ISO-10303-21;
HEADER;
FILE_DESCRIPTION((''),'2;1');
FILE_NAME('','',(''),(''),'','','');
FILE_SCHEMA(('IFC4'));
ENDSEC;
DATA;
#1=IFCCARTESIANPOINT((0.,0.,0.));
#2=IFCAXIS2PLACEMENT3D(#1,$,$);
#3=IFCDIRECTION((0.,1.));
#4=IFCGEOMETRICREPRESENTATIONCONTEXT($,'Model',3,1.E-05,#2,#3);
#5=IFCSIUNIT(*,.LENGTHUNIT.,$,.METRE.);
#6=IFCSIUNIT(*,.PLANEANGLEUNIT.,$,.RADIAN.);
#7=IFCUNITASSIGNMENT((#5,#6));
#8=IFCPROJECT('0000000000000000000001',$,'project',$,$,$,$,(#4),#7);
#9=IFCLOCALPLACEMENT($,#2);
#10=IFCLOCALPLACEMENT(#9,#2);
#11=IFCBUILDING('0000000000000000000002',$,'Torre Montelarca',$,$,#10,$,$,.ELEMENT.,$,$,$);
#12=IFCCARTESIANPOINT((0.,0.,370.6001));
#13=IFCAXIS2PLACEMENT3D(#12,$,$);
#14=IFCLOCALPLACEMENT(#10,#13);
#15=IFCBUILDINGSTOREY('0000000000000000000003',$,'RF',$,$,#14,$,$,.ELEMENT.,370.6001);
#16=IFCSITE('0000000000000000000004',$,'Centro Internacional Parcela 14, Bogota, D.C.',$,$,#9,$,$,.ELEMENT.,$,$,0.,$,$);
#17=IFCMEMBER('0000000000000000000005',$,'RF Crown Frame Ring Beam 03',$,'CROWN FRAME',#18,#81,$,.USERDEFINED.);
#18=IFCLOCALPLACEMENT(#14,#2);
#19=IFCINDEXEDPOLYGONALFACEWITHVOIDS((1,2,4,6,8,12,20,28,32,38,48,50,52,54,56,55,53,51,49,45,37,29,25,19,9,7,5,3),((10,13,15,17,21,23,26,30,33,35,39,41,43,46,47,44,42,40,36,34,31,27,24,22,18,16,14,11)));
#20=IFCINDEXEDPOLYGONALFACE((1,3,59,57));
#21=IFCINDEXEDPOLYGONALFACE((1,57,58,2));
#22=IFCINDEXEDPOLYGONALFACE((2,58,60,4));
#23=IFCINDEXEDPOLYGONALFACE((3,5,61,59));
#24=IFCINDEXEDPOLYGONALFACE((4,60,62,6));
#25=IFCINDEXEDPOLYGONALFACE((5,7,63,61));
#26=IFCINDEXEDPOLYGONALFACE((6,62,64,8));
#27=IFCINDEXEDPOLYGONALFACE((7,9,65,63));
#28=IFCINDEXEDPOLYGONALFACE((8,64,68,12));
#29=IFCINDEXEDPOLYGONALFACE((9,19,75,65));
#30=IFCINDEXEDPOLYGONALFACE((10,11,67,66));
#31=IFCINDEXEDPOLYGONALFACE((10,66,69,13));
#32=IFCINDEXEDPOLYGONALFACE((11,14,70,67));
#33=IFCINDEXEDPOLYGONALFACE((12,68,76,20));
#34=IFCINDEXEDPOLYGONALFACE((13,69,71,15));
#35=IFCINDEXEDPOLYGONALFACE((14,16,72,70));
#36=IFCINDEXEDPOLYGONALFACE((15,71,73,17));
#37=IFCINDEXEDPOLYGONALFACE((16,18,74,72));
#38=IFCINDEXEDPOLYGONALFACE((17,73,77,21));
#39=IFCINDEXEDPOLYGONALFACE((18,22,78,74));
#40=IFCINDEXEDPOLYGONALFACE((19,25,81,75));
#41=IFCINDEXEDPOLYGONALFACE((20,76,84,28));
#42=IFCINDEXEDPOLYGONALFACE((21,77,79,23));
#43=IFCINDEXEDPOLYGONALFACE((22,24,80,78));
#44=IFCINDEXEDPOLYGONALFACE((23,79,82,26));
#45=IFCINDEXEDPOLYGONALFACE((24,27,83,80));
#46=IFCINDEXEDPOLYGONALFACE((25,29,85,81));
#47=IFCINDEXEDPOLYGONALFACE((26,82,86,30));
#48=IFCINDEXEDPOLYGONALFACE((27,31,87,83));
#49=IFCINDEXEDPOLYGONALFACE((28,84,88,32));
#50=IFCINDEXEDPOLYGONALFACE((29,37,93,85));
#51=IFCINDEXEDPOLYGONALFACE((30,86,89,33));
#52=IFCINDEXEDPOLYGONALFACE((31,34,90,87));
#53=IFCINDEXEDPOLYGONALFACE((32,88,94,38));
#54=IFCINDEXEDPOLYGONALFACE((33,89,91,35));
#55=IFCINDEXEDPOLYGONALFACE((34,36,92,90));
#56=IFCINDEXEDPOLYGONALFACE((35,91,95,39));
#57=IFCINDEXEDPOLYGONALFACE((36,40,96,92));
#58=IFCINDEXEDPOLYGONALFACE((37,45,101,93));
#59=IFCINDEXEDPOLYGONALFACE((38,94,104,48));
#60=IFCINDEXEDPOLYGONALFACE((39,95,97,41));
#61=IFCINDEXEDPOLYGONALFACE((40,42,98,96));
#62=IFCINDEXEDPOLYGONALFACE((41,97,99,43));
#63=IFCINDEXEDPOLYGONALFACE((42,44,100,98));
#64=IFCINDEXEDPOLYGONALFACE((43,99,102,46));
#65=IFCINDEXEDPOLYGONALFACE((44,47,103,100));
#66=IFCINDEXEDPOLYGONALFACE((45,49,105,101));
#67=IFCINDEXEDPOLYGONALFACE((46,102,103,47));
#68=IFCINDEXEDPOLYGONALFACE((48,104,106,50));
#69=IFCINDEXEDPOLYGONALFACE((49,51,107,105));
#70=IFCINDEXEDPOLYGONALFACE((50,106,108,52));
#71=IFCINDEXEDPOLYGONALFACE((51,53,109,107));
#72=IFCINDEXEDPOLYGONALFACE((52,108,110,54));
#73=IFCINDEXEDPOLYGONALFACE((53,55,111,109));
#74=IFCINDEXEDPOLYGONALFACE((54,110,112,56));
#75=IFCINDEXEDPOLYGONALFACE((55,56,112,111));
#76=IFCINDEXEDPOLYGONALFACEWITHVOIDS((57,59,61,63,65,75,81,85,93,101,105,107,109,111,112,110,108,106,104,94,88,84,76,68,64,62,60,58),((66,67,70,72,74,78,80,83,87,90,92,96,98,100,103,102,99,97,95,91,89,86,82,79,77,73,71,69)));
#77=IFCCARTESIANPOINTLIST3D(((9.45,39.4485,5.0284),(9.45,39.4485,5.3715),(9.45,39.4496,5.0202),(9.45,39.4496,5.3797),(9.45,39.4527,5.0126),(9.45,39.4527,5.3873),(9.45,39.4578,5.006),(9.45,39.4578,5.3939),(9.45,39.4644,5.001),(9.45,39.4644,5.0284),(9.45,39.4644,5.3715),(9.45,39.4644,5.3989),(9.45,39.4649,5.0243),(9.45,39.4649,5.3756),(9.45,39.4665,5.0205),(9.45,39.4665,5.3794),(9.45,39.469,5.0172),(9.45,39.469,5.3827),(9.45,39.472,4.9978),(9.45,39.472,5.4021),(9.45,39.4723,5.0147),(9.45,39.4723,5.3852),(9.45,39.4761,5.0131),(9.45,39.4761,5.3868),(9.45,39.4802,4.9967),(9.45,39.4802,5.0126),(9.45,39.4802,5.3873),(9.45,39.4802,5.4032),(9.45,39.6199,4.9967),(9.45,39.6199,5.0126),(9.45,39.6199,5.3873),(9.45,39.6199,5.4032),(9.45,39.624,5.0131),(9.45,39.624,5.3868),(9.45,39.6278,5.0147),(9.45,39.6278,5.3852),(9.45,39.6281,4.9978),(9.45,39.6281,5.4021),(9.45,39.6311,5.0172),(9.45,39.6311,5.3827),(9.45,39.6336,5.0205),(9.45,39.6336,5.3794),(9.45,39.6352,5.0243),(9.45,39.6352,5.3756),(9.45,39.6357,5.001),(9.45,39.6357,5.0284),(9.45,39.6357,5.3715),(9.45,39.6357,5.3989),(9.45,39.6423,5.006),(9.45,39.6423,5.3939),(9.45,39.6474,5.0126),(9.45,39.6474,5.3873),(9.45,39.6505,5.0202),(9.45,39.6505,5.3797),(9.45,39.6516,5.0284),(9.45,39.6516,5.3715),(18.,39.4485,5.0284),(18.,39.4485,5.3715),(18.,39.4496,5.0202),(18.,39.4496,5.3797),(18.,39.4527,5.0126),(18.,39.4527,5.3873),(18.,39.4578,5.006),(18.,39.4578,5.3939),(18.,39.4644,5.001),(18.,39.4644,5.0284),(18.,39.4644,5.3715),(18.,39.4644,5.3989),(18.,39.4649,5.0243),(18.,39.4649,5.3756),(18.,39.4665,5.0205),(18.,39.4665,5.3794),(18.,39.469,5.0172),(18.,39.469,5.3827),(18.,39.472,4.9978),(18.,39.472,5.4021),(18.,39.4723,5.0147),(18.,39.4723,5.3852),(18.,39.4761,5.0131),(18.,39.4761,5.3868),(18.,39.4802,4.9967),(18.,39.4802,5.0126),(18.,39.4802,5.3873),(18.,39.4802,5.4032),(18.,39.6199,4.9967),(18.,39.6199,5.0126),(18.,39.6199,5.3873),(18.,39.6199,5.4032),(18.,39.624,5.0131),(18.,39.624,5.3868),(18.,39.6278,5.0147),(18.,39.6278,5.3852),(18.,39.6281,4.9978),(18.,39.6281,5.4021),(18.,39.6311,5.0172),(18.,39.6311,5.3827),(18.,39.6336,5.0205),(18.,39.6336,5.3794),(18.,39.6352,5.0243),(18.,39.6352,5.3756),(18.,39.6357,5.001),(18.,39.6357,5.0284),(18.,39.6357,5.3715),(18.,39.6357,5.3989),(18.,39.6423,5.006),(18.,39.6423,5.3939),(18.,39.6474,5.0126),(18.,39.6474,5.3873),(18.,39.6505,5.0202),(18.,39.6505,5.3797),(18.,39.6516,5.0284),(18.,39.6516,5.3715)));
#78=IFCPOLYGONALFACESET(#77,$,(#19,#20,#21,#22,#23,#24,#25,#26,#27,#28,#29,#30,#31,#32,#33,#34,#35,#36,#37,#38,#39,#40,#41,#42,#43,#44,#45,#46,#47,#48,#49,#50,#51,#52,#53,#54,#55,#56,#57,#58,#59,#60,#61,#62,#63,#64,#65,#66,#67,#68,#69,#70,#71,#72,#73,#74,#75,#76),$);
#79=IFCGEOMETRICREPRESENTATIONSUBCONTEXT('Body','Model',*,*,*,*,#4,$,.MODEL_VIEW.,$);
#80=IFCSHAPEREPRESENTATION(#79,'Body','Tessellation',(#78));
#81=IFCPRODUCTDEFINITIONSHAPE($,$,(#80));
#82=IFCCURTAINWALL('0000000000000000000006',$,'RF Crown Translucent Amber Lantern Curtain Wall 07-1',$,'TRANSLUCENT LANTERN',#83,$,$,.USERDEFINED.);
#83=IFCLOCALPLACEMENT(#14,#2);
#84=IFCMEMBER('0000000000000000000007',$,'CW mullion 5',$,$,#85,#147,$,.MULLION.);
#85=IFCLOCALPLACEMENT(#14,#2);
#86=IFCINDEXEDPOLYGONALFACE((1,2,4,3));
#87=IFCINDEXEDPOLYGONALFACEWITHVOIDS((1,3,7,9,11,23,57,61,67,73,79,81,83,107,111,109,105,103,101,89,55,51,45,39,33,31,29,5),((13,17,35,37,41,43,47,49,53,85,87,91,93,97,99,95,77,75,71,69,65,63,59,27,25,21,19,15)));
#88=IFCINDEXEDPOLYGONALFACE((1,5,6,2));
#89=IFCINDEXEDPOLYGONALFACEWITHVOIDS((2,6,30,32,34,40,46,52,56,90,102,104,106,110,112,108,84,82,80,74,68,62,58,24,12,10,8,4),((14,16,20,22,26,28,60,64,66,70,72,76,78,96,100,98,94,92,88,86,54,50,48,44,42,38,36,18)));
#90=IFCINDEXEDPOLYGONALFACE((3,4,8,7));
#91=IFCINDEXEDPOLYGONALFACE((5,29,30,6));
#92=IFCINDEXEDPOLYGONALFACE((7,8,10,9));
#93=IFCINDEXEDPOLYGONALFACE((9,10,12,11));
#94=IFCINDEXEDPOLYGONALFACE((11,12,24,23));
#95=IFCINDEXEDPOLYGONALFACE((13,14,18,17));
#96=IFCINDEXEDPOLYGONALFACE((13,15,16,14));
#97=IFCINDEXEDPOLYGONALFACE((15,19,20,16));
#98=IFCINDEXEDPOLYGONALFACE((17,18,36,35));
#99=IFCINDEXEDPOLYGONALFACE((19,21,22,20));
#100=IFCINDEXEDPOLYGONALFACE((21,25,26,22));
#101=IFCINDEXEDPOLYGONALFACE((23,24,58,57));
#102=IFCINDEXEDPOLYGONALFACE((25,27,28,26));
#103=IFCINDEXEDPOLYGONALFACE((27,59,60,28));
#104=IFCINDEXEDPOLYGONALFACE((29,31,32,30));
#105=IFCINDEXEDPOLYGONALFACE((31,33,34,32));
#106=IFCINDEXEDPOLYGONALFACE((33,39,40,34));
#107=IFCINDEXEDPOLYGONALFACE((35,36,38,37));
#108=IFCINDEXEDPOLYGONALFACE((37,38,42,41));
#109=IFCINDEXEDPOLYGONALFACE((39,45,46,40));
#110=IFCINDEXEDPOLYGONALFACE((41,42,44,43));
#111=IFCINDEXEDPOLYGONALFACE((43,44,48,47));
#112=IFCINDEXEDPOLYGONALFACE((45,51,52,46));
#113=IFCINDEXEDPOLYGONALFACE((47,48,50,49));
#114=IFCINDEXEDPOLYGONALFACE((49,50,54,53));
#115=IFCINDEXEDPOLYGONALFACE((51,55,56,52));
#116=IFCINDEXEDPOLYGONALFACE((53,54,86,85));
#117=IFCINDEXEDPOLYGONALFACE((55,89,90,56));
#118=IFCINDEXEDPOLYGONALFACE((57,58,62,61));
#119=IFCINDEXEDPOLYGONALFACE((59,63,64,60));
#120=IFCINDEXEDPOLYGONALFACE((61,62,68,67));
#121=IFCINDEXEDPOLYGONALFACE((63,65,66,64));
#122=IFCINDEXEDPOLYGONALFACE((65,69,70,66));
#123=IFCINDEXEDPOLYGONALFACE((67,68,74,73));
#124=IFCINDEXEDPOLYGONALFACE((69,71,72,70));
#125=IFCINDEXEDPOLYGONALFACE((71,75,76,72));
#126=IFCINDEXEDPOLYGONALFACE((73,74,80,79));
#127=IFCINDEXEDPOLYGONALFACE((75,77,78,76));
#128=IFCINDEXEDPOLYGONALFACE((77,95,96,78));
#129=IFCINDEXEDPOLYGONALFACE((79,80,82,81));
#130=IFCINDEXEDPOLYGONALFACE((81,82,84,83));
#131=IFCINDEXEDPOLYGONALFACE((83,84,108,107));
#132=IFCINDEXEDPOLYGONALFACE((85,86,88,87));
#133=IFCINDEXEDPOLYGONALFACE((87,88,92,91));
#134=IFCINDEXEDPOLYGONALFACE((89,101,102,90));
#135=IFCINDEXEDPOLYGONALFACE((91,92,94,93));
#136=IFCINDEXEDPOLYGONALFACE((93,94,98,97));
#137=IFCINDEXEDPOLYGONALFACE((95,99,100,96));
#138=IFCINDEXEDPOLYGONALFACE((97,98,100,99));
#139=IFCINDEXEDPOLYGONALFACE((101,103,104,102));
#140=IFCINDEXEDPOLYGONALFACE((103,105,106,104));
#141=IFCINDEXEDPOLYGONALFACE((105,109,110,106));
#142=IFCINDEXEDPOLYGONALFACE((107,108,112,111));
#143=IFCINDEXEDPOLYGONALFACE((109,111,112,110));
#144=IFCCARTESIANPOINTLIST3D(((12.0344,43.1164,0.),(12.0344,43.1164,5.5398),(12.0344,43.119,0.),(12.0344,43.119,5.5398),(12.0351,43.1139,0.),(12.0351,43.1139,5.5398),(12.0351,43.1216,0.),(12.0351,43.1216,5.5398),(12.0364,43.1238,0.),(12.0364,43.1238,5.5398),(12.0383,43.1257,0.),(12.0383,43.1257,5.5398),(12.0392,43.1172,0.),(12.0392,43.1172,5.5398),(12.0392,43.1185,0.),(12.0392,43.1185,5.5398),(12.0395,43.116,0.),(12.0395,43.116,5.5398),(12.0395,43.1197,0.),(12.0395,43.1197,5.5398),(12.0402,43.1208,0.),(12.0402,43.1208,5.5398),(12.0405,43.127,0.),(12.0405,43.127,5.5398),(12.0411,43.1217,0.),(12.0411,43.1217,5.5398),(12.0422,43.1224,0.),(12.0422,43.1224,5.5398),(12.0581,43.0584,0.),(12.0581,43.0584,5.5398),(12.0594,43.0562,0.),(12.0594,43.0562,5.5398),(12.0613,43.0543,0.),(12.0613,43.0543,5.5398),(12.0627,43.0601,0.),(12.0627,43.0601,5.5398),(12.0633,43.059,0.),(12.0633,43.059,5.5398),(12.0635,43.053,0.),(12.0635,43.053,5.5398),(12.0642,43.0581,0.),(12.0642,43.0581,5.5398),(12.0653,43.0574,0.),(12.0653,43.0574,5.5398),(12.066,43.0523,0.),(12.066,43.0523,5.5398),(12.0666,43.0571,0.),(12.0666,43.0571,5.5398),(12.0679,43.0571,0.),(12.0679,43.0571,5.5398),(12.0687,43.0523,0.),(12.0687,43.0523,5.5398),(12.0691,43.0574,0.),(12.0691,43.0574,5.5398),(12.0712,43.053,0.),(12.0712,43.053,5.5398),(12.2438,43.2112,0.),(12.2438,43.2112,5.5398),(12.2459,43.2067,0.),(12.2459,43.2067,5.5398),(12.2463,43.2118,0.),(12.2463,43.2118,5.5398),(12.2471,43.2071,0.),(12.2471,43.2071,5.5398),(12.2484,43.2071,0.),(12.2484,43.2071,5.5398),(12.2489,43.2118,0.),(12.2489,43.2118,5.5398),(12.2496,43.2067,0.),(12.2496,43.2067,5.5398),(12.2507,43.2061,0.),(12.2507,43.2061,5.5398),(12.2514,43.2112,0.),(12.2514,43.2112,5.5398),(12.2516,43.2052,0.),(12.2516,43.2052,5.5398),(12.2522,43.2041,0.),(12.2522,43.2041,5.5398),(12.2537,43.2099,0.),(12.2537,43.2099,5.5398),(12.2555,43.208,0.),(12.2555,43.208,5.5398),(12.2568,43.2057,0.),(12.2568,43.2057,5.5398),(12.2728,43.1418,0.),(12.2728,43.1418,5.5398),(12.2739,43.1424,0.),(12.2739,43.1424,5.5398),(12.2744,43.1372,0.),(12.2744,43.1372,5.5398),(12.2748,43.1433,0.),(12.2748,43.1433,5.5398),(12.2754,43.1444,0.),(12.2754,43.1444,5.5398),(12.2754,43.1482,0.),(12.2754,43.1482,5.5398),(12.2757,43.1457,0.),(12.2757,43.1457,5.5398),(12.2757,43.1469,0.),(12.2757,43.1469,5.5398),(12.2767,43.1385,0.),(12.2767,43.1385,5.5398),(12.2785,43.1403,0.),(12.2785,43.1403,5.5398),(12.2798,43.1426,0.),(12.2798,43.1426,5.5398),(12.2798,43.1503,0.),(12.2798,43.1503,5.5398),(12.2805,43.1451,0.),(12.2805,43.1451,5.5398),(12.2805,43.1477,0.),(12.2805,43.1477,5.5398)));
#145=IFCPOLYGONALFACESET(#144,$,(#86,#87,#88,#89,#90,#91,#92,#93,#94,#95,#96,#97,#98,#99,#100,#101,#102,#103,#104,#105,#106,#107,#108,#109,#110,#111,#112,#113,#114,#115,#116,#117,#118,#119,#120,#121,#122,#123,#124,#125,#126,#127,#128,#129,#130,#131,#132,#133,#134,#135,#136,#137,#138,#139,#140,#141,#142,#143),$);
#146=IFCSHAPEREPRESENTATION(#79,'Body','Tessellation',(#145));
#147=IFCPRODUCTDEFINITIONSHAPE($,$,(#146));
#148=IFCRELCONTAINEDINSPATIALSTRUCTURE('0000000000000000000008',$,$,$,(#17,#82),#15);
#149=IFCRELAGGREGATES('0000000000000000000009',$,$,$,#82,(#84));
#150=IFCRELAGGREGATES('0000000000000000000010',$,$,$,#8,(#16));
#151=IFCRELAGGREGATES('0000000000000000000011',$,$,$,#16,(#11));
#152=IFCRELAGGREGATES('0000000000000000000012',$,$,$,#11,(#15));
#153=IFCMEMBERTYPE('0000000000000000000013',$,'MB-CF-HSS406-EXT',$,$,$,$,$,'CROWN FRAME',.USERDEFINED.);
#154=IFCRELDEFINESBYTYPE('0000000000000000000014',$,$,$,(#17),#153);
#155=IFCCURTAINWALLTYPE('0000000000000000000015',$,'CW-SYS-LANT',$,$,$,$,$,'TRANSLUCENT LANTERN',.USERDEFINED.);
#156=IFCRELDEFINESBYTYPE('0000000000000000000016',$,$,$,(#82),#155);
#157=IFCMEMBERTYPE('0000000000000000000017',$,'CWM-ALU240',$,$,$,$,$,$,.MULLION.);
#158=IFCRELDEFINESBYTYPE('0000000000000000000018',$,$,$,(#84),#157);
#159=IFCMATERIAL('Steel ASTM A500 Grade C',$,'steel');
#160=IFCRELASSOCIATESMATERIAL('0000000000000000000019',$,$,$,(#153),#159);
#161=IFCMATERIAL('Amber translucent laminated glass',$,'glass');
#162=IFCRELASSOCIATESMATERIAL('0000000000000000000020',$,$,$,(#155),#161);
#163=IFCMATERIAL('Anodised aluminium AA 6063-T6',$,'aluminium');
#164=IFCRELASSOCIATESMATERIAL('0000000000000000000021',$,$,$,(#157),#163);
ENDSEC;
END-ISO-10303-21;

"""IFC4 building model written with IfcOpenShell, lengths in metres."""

from ifc_helpers import new_model, si_unit, direction, frame, origin, origin_2d, place, context, subcontext, project, spatial, hollow_rectangle, extrude, source, transform, mapped, material, material_profile, profile_set, type_object, element, aggregate, save


model = new_model("IFC4")

# Units and contexts
model_context = context("Model", 3, precision=1e-05, world=origin(), true_north=direction((0.0, 1.0)))
body_context = subcontext(model_context, "Body", "Model", "MODEL_VIEW")
ifc_project = project(units=[si_unit("LENGTHUNIT", "METRE"), si_unit("PLANEANGLEUNIT", "RADIAN")], contexts=[model_context])

# Site, building, storey
site_placement = place(None, origin())
site = spatial("IfcSite", under=ifc_project, at=site_placement, Name="Centro Internacional Parcela 14, Bogota, D.C.", CompositionType="ELEMENT", RefElevation=0.0)
building_placement = place(site_placement, origin())
building = spatial("IfcBuilding", under=site, at=building_placement, Name="Torre Montelarca", CompositionType="ELEMENT")
storey_placement = place(building_placement, frame((0.0, 0.0, 370.6001)))
storey = spatial("IfcBuildingStorey", under=building, at=storey_placement, Name="RF", CompositionType="ELEMENT", Elevation=370.6001)

# Member
ifc_material_1 = material(Name="Steel ASTM A500 Grade C", Category="steel")
ifc_material_profile_1 = material_profile(ifc_material_1, hollow_rectangle(XDim=0.2031, YDim=0.4065, WallThickness=0.0159, InnerFilletRadius=0.0159, OuterFilletRadius=0.0317, at=origin_2d()), Name="HSS406X203X15.9", Category="steel")
ifc_profile_set_1 = profile_set([ifc_material_profile_1], Name="Steel ASTM A500 Grade C")
member_type_1 = type_object("IfcMemberType", Name="MB-CF-HSS406-EXT", ElementType="CROWN FRAME", PredefinedType="USERDEFINED", material=ifc_profile_set_1)
shared_shape_1 = source(origin(), body_context, "Body", "SweptSolid", [
    extrude(hollow_rectangle(XDim=0.2031, YDim=0.4065, WallThickness=0.0159, InnerFilletRadius=0.0159, OuterFilletRadius=0.0317, at=origin_2d()), origin(), (0.0, 0.0, 1.0), 8.55),
])
member_1_placement = place(storey_placement, frame((9.45, 39.55, 5.2), z_axis=(1.0, 0.0, 0.0), x_axis=(0.0, 1.0, 0.0)))
element("IfcMember", 1, at=member_1_placement, inside=storey, type_object=member_type_1, Name="RF Crown Frame Ring Beam 03", ObjectType="CROWN FRAME", PredefinedType="USERDEFINED", context=body_context, shape_type="MappedRepresentation", body=[
    mapped(shared_shape_1, transform((0.0, 0.0, 0.0), scale=1.0)),
])

# Curtain wall, member
ifc_material_2 = material(Name="Amber translucent laminated glass", Category="glass")
curtain_wall_type = type_object("IfcCurtainWallType", Name="CW-SYS-LANT", ElementType="TRANSLUCENT LANTERN", PredefinedType="USERDEFINED", material=ifc_material_2)
curtain_wall_1_placement = place(storey_placement, origin())
curtain_wall_1 = element("IfcCurtainWall", 2, at=curtain_wall_1_placement, inside=storey, type_object=curtain_wall_type, Name="RF Crown Translucent Amber Lantern Curtain Wall 07-1", ObjectType="TRANSLUCENT LANTERN", PredefinedType="USERDEFINED")
ifc_material_3 = material(Name="Anodised aluminium AA 6063-T6", Category="aluminium")
ifc_material_profile_2 = material_profile(ifc_material_3, hollow_rectangle(XDim=0.0801, YDim=0.24, WallThickness=0.0049, InnerFilletRadius=0.0049, OuterFilletRadius=0.01, at=origin_2d()), Name="ALU80X240X5", Category="aluminium")
ifc_profile_set_2 = profile_set([ifc_material_profile_2], Name="Anodised aluminium AA 6063-T6")
member_type_2 = type_object("IfcMemberType", Name="CWM-ALU240", PredefinedType="MULLION", material=ifc_profile_set_2)
shared_shape_2 = source(origin(), body_context, "Body", "SweptSolid", [
    extrude(hollow_rectangle(XDim=0.0801, YDim=0.24, WallThickness=0.0049, InnerFilletRadius=0.0049, OuterFilletRadius=0.01, at=origin_2d()), origin(), (0.0, 0.0, 1.0), 5.5398),
])
member_2_placement = place(storey_placement, frame((12.1575, 43.1321, 0.0), z_axis=(0.0, 0.0, 1.0), x_axis=(0.382689, -0.923877, 0.0)))
member_2 = element("IfcMember", 3, at=member_2_placement, type_object=member_type_2, Name="CW mullion 5", PredefinedType="MULLION", context=body_context, shape_type="MappedRepresentation", body=[
    mapped(shared_shape_2, transform((0.0, 0.0, 0.0), scale=1.0)),
])

aggregate(curtain_wall_1, [member_2])

save(model, "model.ifc")
